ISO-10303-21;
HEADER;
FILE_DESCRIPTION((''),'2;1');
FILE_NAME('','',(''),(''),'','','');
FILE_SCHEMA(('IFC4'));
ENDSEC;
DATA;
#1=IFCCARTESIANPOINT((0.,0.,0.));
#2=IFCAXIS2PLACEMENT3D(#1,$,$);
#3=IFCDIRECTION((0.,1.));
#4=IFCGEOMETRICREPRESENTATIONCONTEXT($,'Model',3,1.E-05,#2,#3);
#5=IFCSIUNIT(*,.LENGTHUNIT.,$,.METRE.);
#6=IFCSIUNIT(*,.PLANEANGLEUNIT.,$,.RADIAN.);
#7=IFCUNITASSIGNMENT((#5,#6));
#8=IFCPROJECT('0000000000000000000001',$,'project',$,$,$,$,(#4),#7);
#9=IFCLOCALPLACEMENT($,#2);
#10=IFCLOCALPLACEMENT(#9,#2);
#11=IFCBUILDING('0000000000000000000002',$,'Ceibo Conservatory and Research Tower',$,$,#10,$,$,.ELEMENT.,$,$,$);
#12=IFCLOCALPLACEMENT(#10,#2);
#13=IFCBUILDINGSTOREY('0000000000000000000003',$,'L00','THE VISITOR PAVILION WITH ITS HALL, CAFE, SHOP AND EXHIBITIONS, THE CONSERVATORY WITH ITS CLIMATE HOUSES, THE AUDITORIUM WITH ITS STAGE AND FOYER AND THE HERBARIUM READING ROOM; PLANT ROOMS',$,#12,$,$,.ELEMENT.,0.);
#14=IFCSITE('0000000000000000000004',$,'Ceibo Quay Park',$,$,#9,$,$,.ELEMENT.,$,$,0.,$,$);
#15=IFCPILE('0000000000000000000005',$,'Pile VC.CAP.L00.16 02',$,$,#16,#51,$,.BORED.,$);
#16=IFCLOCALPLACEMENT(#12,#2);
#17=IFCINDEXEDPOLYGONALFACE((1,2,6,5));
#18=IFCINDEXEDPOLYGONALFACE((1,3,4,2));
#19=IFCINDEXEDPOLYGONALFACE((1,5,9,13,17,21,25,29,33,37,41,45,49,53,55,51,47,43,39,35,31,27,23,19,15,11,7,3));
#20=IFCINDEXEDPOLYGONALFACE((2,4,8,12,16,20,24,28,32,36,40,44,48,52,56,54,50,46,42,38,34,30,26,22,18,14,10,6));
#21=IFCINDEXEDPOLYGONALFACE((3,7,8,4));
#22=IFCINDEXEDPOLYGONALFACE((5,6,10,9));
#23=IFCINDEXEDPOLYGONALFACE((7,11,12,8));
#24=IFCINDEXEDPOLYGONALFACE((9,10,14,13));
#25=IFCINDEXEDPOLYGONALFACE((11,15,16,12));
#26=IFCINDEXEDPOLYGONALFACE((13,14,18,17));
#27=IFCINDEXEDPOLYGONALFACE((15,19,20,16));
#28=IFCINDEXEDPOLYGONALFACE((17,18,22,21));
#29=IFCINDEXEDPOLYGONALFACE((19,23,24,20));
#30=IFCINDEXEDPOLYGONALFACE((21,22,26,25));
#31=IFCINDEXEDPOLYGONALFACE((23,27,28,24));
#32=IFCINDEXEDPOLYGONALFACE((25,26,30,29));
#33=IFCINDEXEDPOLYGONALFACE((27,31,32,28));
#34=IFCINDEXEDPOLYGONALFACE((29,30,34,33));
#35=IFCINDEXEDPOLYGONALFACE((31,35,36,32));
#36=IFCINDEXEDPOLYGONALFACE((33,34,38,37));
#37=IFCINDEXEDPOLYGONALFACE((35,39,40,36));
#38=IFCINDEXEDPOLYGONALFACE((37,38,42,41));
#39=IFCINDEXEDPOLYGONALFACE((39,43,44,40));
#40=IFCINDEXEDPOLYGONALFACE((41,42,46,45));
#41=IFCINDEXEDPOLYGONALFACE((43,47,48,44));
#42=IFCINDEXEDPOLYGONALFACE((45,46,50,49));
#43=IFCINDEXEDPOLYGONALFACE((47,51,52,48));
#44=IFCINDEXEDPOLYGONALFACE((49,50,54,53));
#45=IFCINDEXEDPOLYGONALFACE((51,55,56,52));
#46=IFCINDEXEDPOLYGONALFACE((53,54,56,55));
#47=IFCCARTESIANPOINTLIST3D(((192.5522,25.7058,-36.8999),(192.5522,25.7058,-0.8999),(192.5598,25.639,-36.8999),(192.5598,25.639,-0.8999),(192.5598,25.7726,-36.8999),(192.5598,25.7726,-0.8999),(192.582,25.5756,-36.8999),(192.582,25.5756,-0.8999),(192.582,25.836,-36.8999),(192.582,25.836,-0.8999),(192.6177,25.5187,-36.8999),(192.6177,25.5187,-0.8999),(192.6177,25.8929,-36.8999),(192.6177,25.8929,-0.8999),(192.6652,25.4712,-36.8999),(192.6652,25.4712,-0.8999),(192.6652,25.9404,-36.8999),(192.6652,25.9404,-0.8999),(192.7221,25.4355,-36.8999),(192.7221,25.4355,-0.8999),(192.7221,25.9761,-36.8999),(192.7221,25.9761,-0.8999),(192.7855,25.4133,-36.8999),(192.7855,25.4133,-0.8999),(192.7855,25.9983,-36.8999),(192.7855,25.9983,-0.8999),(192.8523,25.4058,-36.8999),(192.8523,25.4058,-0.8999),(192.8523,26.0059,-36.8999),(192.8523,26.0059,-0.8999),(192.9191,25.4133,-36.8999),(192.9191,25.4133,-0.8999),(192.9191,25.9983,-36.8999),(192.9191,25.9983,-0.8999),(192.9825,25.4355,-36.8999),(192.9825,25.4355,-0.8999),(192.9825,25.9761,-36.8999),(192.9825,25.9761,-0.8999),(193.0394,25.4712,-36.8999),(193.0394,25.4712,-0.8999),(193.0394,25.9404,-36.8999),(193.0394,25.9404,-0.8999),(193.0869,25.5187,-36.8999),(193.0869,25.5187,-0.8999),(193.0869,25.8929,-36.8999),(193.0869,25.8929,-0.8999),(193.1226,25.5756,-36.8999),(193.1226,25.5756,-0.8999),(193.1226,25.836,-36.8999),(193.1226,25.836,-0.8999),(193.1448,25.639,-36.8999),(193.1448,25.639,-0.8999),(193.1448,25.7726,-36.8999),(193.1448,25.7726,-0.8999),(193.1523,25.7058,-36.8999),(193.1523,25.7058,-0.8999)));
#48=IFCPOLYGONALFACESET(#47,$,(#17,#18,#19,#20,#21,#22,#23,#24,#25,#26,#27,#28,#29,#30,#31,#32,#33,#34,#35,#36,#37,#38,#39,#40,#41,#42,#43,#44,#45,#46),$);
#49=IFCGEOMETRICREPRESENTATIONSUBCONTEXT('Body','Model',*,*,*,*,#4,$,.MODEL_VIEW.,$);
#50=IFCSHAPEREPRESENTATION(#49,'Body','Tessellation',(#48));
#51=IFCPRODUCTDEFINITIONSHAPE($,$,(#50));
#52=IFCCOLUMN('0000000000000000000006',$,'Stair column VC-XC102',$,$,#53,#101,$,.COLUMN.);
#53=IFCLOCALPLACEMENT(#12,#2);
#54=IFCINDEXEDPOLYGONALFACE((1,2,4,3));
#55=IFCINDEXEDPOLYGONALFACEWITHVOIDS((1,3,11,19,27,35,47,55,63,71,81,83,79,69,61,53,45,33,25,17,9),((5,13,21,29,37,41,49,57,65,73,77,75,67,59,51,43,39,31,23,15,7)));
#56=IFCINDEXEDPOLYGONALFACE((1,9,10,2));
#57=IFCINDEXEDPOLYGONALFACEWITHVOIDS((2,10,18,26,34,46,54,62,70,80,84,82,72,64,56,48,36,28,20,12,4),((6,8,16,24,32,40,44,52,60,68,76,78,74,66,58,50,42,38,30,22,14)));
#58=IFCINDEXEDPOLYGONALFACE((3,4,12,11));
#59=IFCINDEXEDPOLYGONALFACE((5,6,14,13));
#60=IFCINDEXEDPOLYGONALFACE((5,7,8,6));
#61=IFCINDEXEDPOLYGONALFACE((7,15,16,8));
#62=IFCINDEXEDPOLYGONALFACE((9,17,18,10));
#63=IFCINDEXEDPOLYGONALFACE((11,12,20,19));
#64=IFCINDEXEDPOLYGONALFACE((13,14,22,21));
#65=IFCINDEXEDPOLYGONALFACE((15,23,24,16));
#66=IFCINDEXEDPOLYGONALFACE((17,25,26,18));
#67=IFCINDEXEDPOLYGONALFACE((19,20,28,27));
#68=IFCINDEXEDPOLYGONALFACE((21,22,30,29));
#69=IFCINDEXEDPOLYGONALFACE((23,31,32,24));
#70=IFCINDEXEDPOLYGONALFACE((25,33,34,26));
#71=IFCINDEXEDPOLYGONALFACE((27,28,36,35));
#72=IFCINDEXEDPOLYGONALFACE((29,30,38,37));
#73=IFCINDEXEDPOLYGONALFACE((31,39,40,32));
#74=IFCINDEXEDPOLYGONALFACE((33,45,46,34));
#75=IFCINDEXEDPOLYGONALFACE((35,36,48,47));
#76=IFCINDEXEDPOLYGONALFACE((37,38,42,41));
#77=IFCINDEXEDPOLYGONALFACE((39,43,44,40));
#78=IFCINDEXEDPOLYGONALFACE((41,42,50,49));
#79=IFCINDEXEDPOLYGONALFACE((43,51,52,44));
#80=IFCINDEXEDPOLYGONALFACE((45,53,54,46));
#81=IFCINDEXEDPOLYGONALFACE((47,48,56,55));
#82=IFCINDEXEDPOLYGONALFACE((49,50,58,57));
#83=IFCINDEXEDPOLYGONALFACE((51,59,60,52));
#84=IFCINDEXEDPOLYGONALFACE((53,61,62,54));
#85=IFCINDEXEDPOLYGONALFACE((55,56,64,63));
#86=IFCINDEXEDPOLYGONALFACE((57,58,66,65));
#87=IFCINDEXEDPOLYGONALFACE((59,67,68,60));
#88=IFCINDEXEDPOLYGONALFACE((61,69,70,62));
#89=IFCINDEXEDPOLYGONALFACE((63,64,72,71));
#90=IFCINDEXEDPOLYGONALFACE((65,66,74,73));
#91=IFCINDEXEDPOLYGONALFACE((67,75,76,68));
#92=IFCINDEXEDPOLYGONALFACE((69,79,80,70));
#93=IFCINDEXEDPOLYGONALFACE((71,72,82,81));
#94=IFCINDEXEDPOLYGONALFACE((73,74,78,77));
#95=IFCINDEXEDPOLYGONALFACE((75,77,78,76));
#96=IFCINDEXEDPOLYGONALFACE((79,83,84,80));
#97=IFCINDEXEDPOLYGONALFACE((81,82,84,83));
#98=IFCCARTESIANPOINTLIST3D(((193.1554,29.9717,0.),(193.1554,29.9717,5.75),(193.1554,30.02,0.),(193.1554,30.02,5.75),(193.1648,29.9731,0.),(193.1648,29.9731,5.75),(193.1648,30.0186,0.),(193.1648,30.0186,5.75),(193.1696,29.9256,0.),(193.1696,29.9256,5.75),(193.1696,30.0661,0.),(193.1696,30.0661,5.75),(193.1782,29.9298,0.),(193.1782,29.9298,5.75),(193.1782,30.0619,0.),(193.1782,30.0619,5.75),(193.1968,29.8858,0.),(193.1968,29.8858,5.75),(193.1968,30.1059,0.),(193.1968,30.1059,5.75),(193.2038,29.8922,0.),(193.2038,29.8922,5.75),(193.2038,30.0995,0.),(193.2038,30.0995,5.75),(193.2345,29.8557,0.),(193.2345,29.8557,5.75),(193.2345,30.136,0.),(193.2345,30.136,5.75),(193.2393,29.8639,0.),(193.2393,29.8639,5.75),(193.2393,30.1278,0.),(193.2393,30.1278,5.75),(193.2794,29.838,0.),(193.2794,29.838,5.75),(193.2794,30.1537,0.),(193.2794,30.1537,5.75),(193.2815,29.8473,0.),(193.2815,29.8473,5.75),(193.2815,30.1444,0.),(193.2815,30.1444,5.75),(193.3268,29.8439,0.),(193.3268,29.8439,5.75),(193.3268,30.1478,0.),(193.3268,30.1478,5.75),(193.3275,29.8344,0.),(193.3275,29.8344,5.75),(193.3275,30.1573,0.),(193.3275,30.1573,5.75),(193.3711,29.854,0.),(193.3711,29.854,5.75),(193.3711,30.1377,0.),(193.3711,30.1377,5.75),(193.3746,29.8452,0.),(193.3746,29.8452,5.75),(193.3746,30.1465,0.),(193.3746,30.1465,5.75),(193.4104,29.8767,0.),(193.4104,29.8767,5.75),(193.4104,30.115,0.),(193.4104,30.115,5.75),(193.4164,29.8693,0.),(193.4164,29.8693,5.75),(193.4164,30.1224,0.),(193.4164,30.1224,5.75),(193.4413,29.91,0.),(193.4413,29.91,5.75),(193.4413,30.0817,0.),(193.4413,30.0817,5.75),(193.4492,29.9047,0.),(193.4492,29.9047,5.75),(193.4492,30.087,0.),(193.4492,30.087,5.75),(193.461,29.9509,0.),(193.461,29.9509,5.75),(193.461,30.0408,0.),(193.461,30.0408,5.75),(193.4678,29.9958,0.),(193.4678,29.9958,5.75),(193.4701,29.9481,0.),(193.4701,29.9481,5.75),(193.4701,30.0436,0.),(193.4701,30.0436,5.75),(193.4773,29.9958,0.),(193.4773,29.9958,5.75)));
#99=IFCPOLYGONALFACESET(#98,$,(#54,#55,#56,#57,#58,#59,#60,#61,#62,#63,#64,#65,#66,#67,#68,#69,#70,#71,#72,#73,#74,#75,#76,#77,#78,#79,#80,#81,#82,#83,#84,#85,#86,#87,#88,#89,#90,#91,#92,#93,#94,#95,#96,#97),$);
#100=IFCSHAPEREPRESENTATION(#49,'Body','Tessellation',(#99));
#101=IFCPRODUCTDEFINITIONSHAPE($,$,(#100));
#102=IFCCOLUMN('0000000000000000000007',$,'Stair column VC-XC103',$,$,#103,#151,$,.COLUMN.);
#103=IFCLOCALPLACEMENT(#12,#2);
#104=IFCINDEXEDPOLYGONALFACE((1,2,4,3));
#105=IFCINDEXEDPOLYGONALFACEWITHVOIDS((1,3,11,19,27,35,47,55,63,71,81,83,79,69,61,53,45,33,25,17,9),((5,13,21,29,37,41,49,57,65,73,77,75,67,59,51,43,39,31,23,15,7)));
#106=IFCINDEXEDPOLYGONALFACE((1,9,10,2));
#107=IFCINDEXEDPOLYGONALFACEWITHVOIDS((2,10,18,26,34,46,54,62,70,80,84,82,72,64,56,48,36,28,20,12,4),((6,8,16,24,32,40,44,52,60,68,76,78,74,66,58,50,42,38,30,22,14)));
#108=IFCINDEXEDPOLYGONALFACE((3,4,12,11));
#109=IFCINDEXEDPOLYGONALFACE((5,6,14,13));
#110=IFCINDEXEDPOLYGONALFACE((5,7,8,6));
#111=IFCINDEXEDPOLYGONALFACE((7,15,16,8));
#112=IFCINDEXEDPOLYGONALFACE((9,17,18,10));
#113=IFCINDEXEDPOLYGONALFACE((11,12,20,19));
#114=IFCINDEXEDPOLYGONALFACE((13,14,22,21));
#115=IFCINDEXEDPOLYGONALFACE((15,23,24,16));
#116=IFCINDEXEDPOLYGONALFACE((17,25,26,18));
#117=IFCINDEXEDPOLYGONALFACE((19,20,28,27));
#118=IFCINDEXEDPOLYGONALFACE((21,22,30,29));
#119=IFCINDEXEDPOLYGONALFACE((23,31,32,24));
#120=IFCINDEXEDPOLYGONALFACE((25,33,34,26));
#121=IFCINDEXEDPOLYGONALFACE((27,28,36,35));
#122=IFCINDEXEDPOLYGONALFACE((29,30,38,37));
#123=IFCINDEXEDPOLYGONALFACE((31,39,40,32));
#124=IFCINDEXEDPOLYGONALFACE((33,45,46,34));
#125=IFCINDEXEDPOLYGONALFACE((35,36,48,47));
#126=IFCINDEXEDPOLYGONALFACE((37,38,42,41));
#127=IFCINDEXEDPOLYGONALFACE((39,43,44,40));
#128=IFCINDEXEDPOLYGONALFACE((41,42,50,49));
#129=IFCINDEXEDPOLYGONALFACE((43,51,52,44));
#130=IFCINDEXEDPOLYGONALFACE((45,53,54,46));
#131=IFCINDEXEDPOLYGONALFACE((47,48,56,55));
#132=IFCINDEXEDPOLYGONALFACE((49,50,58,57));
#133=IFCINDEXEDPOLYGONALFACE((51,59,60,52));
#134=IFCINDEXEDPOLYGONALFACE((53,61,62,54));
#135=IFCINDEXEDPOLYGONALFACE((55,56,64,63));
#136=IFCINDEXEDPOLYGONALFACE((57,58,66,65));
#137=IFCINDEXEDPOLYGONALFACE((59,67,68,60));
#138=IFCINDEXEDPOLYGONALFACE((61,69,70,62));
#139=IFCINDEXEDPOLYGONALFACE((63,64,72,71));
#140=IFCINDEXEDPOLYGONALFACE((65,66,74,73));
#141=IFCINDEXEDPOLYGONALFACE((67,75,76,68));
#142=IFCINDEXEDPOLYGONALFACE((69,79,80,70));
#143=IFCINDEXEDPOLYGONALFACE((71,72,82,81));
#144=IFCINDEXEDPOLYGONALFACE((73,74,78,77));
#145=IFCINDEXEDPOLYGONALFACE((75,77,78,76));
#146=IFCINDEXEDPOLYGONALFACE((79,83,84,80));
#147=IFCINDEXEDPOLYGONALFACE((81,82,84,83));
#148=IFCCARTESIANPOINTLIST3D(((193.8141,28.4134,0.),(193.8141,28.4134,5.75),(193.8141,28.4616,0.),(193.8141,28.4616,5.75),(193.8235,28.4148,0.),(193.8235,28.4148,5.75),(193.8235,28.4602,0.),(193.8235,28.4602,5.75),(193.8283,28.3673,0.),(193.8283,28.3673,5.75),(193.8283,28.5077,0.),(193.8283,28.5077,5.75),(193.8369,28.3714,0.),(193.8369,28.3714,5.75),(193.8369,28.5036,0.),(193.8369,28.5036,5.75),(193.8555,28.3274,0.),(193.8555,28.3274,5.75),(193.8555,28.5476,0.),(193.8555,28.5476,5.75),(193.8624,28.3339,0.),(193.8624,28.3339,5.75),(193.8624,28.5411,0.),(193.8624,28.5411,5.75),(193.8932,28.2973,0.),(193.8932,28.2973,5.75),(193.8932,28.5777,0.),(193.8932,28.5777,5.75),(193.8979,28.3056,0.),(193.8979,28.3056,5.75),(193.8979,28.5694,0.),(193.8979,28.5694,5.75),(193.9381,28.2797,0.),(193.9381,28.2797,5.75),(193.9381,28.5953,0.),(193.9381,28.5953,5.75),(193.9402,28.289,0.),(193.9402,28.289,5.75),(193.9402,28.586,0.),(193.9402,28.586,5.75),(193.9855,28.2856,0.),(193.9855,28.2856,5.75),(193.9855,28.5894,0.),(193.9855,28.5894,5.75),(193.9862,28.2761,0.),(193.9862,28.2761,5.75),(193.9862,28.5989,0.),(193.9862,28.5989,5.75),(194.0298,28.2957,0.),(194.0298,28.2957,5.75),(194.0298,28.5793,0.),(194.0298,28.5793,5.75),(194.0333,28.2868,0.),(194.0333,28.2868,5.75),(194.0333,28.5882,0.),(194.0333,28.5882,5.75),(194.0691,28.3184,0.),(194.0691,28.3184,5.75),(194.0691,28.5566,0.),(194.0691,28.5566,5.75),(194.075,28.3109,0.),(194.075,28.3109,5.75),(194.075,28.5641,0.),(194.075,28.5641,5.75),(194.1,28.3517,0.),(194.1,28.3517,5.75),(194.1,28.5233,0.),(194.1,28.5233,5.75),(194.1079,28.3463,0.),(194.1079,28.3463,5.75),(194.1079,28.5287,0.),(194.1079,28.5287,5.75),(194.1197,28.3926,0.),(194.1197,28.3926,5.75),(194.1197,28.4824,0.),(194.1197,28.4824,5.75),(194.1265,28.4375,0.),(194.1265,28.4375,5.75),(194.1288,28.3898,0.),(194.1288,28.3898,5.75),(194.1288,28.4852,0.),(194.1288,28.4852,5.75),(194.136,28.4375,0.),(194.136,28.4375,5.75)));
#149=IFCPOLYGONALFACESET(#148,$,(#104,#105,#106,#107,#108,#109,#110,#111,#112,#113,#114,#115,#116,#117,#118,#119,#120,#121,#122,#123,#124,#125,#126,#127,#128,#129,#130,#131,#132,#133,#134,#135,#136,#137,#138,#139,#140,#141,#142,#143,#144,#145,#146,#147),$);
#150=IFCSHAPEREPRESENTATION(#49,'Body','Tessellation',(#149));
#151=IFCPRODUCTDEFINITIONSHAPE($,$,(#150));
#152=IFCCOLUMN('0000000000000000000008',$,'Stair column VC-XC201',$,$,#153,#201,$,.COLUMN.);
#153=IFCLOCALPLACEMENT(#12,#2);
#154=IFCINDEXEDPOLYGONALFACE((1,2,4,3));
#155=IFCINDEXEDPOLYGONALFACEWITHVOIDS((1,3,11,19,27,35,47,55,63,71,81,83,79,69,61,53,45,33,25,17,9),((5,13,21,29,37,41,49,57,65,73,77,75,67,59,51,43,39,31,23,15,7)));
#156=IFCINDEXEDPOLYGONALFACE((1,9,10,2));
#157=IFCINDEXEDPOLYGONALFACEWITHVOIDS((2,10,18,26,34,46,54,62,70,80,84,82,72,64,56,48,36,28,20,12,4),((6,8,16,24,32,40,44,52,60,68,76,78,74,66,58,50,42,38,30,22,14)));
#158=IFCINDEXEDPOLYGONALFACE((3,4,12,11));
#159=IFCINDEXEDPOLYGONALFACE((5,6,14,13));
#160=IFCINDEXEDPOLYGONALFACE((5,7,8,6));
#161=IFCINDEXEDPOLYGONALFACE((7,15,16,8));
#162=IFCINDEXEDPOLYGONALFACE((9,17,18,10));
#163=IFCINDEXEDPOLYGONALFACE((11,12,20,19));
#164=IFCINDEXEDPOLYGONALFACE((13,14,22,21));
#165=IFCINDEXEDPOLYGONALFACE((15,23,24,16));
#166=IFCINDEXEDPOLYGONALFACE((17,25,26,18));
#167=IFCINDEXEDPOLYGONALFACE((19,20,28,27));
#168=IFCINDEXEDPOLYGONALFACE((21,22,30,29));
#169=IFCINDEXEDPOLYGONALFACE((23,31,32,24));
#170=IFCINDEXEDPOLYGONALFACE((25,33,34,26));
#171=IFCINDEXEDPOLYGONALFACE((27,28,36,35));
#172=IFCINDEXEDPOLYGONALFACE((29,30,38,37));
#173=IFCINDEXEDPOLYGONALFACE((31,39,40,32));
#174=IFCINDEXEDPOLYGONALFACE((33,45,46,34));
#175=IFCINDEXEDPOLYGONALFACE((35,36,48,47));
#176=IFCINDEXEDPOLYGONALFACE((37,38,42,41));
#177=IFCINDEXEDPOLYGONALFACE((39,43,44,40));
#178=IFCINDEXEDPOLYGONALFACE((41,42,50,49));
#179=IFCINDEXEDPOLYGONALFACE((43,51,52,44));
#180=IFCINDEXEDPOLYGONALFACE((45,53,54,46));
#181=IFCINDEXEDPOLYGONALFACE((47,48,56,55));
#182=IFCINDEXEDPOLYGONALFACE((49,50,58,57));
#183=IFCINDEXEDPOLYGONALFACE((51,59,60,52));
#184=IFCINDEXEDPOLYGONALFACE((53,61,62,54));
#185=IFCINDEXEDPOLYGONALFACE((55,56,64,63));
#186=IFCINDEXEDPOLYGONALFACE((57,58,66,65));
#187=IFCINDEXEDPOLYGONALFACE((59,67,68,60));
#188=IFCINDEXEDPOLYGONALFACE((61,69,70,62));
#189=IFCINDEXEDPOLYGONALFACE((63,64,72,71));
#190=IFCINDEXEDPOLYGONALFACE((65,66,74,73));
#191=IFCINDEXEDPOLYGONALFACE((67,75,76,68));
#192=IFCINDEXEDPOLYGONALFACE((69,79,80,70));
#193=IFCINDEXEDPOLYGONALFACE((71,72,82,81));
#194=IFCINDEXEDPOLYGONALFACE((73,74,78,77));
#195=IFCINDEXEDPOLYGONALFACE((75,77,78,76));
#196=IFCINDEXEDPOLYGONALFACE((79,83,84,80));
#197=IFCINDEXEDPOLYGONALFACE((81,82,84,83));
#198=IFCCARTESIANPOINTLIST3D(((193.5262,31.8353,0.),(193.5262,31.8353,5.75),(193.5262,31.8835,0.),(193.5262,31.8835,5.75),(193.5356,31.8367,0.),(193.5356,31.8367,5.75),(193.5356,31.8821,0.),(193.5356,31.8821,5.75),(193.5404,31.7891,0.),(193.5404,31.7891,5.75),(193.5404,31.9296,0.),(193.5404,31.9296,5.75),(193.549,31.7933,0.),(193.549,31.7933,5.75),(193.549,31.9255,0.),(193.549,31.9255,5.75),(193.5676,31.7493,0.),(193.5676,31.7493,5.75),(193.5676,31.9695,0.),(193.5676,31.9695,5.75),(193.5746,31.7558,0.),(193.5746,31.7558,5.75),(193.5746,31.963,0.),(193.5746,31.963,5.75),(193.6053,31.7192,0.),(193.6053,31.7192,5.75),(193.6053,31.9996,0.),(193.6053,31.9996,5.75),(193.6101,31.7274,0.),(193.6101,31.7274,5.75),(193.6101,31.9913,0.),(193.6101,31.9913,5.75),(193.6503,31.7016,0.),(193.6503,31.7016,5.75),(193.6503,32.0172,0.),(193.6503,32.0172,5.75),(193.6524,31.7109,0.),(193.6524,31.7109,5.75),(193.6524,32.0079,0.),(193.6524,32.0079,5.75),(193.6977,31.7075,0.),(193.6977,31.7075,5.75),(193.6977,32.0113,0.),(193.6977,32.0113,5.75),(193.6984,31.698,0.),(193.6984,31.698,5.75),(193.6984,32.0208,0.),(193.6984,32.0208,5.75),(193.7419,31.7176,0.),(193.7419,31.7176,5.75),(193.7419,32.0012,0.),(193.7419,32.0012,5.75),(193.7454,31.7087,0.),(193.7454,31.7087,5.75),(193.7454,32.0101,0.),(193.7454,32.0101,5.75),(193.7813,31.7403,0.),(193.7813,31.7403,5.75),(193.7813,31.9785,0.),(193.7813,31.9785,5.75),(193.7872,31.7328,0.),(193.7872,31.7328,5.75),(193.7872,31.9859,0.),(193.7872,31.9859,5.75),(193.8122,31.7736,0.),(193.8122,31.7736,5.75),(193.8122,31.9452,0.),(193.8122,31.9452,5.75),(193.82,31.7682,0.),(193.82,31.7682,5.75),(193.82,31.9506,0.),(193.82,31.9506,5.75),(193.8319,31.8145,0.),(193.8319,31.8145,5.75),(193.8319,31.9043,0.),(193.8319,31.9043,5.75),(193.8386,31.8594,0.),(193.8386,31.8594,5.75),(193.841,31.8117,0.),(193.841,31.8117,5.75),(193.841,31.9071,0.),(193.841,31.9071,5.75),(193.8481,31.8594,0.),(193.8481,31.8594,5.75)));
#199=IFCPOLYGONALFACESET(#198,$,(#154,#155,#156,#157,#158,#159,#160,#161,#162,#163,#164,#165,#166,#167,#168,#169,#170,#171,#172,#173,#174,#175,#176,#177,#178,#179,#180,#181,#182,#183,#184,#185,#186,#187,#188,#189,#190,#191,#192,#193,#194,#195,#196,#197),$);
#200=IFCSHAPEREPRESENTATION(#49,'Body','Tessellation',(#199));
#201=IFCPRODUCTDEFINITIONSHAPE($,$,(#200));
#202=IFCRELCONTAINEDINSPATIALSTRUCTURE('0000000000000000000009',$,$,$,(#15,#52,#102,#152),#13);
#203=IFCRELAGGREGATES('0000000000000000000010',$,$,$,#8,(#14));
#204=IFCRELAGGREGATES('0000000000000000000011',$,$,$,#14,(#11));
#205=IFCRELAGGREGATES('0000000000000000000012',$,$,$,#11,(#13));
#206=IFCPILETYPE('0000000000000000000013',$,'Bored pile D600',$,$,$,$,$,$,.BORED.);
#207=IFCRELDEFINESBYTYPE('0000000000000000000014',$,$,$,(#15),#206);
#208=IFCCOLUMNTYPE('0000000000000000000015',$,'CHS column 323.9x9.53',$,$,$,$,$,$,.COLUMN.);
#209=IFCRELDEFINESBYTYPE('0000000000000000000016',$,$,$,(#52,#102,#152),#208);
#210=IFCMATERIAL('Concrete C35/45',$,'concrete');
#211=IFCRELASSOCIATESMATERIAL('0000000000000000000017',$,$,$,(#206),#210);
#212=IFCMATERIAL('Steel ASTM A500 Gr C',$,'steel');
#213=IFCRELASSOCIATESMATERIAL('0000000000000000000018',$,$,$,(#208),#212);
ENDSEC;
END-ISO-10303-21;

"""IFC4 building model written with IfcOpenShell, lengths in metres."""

from ifc_helpers import new_model, si_unit, direction, frame, origin, origin_2d, place, context, subcontext, project, spatial, circle, hollow_circle, extrude, material, material_profile, profile_set, type_object, element, save


model = new_model("IFC4")

# Units and contexts
model_context = context("Model", 3, precision=1e-05, world=origin(), true_north=direction((0.0, 1.0)))
body_context = subcontext(model_context, "Body", "Model", "MODEL_VIEW")
ifc_project = project(units=[si_unit("LENGTHUNIT", "METRE"), si_unit("PLANEANGLEUNIT", "RADIAN")], contexts=[model_context])

# Site, building, storey
site_placement = place(None, origin())
site = spatial("IfcSite", under=ifc_project, at=site_placement, Name="Ceibo Quay Park", CompositionType="ELEMENT", RefElevation=0.0)
building_placement = place(site_placement, origin())
building = spatial("IfcBuilding", under=site, at=building_placement, Name="Ceibo Conservatory and Research Tower", CompositionType="ELEMENT")
storey_placement = place(building_placement, origin())
storey = spatial("IfcBuildingStorey", under=building, at=storey_placement, Name="L00", Description="THE VISITOR PAVILION WITH ITS HALL, CAFE, SHOP AND EXHIBITIONS, THE CONSERVATORY WITH ITS CLIMATE HOUSES, THE AUDITORIUM WITH ITS STAGE AND FOYER AND THE HERBARIUM READING ROOM; PLANT ROOMS", CompositionType="ELEMENT", Elevation=0.0)

# Pile
ifc_material_1 = material(Name="Concrete C35/45", Category="concrete")
ifc_material_profile_1 = material_profile(ifc_material_1, circle(Radius=0.3, at=origin_2d()), Name="RC D600")
ifc_profile_set_1 = profile_set([ifc_material_profile_1], Name="Concrete C35/45")
pile_type = type_object("IfcPileType", Name="Bored pile D600", PredefinedType="BORED", material=ifc_profile_set_1)
pile_placement = place(storey_placement, frame((192.8523, 25.7058, -0.8999), z_axis=(0.0, 0.0, -1.0), x_axis=(1.0, 0.0, 0.0)))
element("IfcPile", 1, at=pile_placement, inside=storey, type_object=pile_type, Name="Pile VC.CAP.L00.16 02", PredefinedType="BORED", context=body_context, shape_type="SweptSolid", body=[
    extrude(circle(Radius=0.3, at=origin_2d()), origin(), (0.0, 0.0, 1.0), 36.0),
])

# Columns
ifc_material_2 = material(Name="Steel ASTM A500 Gr C", Category="steel")
ifc_material_profile_2 = material_profile(ifc_material_2, hollow_circle(Radius=0.1619, WallThickness=0.0095, at=origin_2d()), Name="CHS column 323.9x9.53")
ifc_profile_set_2 = profile_set([ifc_material_profile_2], Name="Steel ASTM A500 Gr C")
column_type = type_object("IfcColumnType", Name="CHS column 323.9x9.53", PredefinedType="COLUMN", material=ifc_profile_set_2)
for number, where, z_axis, x_axis, name in (
    (2, (193.3154, 29.9958, 0.0), (0.0, 0.0, 1.0), (1.0, 0.0, 0.0), "Stair column VC-XC102"),
    (3, (193.9741, 28.4375, 0.0), (0.0, 0.0, 1.0), (1.0, 0.0, 0.0), "Stair column VC-XC103"),
    (4, (193.6863, 31.8594, 0.0), (0.0, 0.0, 1.0), (1.0, 0.0, 0.0), "Stair column VC-XC201"),
):
    element("IfcColumn", number, at=place(storey_placement, frame(where, z_axis=z_axis, x_axis=x_axis)), inside=storey, type_object=column_type, Name=name, PredefinedType="COLUMN", context=body_context, shape_type="SweptSolid", body=[
        extrude(hollow_circle(Radius=0.1619, WallThickness=0.0095, at=origin_2d()), origin(), (0.0, 0.0, 1.0), 5.75),
    ])

save(model, "model.ifc")
